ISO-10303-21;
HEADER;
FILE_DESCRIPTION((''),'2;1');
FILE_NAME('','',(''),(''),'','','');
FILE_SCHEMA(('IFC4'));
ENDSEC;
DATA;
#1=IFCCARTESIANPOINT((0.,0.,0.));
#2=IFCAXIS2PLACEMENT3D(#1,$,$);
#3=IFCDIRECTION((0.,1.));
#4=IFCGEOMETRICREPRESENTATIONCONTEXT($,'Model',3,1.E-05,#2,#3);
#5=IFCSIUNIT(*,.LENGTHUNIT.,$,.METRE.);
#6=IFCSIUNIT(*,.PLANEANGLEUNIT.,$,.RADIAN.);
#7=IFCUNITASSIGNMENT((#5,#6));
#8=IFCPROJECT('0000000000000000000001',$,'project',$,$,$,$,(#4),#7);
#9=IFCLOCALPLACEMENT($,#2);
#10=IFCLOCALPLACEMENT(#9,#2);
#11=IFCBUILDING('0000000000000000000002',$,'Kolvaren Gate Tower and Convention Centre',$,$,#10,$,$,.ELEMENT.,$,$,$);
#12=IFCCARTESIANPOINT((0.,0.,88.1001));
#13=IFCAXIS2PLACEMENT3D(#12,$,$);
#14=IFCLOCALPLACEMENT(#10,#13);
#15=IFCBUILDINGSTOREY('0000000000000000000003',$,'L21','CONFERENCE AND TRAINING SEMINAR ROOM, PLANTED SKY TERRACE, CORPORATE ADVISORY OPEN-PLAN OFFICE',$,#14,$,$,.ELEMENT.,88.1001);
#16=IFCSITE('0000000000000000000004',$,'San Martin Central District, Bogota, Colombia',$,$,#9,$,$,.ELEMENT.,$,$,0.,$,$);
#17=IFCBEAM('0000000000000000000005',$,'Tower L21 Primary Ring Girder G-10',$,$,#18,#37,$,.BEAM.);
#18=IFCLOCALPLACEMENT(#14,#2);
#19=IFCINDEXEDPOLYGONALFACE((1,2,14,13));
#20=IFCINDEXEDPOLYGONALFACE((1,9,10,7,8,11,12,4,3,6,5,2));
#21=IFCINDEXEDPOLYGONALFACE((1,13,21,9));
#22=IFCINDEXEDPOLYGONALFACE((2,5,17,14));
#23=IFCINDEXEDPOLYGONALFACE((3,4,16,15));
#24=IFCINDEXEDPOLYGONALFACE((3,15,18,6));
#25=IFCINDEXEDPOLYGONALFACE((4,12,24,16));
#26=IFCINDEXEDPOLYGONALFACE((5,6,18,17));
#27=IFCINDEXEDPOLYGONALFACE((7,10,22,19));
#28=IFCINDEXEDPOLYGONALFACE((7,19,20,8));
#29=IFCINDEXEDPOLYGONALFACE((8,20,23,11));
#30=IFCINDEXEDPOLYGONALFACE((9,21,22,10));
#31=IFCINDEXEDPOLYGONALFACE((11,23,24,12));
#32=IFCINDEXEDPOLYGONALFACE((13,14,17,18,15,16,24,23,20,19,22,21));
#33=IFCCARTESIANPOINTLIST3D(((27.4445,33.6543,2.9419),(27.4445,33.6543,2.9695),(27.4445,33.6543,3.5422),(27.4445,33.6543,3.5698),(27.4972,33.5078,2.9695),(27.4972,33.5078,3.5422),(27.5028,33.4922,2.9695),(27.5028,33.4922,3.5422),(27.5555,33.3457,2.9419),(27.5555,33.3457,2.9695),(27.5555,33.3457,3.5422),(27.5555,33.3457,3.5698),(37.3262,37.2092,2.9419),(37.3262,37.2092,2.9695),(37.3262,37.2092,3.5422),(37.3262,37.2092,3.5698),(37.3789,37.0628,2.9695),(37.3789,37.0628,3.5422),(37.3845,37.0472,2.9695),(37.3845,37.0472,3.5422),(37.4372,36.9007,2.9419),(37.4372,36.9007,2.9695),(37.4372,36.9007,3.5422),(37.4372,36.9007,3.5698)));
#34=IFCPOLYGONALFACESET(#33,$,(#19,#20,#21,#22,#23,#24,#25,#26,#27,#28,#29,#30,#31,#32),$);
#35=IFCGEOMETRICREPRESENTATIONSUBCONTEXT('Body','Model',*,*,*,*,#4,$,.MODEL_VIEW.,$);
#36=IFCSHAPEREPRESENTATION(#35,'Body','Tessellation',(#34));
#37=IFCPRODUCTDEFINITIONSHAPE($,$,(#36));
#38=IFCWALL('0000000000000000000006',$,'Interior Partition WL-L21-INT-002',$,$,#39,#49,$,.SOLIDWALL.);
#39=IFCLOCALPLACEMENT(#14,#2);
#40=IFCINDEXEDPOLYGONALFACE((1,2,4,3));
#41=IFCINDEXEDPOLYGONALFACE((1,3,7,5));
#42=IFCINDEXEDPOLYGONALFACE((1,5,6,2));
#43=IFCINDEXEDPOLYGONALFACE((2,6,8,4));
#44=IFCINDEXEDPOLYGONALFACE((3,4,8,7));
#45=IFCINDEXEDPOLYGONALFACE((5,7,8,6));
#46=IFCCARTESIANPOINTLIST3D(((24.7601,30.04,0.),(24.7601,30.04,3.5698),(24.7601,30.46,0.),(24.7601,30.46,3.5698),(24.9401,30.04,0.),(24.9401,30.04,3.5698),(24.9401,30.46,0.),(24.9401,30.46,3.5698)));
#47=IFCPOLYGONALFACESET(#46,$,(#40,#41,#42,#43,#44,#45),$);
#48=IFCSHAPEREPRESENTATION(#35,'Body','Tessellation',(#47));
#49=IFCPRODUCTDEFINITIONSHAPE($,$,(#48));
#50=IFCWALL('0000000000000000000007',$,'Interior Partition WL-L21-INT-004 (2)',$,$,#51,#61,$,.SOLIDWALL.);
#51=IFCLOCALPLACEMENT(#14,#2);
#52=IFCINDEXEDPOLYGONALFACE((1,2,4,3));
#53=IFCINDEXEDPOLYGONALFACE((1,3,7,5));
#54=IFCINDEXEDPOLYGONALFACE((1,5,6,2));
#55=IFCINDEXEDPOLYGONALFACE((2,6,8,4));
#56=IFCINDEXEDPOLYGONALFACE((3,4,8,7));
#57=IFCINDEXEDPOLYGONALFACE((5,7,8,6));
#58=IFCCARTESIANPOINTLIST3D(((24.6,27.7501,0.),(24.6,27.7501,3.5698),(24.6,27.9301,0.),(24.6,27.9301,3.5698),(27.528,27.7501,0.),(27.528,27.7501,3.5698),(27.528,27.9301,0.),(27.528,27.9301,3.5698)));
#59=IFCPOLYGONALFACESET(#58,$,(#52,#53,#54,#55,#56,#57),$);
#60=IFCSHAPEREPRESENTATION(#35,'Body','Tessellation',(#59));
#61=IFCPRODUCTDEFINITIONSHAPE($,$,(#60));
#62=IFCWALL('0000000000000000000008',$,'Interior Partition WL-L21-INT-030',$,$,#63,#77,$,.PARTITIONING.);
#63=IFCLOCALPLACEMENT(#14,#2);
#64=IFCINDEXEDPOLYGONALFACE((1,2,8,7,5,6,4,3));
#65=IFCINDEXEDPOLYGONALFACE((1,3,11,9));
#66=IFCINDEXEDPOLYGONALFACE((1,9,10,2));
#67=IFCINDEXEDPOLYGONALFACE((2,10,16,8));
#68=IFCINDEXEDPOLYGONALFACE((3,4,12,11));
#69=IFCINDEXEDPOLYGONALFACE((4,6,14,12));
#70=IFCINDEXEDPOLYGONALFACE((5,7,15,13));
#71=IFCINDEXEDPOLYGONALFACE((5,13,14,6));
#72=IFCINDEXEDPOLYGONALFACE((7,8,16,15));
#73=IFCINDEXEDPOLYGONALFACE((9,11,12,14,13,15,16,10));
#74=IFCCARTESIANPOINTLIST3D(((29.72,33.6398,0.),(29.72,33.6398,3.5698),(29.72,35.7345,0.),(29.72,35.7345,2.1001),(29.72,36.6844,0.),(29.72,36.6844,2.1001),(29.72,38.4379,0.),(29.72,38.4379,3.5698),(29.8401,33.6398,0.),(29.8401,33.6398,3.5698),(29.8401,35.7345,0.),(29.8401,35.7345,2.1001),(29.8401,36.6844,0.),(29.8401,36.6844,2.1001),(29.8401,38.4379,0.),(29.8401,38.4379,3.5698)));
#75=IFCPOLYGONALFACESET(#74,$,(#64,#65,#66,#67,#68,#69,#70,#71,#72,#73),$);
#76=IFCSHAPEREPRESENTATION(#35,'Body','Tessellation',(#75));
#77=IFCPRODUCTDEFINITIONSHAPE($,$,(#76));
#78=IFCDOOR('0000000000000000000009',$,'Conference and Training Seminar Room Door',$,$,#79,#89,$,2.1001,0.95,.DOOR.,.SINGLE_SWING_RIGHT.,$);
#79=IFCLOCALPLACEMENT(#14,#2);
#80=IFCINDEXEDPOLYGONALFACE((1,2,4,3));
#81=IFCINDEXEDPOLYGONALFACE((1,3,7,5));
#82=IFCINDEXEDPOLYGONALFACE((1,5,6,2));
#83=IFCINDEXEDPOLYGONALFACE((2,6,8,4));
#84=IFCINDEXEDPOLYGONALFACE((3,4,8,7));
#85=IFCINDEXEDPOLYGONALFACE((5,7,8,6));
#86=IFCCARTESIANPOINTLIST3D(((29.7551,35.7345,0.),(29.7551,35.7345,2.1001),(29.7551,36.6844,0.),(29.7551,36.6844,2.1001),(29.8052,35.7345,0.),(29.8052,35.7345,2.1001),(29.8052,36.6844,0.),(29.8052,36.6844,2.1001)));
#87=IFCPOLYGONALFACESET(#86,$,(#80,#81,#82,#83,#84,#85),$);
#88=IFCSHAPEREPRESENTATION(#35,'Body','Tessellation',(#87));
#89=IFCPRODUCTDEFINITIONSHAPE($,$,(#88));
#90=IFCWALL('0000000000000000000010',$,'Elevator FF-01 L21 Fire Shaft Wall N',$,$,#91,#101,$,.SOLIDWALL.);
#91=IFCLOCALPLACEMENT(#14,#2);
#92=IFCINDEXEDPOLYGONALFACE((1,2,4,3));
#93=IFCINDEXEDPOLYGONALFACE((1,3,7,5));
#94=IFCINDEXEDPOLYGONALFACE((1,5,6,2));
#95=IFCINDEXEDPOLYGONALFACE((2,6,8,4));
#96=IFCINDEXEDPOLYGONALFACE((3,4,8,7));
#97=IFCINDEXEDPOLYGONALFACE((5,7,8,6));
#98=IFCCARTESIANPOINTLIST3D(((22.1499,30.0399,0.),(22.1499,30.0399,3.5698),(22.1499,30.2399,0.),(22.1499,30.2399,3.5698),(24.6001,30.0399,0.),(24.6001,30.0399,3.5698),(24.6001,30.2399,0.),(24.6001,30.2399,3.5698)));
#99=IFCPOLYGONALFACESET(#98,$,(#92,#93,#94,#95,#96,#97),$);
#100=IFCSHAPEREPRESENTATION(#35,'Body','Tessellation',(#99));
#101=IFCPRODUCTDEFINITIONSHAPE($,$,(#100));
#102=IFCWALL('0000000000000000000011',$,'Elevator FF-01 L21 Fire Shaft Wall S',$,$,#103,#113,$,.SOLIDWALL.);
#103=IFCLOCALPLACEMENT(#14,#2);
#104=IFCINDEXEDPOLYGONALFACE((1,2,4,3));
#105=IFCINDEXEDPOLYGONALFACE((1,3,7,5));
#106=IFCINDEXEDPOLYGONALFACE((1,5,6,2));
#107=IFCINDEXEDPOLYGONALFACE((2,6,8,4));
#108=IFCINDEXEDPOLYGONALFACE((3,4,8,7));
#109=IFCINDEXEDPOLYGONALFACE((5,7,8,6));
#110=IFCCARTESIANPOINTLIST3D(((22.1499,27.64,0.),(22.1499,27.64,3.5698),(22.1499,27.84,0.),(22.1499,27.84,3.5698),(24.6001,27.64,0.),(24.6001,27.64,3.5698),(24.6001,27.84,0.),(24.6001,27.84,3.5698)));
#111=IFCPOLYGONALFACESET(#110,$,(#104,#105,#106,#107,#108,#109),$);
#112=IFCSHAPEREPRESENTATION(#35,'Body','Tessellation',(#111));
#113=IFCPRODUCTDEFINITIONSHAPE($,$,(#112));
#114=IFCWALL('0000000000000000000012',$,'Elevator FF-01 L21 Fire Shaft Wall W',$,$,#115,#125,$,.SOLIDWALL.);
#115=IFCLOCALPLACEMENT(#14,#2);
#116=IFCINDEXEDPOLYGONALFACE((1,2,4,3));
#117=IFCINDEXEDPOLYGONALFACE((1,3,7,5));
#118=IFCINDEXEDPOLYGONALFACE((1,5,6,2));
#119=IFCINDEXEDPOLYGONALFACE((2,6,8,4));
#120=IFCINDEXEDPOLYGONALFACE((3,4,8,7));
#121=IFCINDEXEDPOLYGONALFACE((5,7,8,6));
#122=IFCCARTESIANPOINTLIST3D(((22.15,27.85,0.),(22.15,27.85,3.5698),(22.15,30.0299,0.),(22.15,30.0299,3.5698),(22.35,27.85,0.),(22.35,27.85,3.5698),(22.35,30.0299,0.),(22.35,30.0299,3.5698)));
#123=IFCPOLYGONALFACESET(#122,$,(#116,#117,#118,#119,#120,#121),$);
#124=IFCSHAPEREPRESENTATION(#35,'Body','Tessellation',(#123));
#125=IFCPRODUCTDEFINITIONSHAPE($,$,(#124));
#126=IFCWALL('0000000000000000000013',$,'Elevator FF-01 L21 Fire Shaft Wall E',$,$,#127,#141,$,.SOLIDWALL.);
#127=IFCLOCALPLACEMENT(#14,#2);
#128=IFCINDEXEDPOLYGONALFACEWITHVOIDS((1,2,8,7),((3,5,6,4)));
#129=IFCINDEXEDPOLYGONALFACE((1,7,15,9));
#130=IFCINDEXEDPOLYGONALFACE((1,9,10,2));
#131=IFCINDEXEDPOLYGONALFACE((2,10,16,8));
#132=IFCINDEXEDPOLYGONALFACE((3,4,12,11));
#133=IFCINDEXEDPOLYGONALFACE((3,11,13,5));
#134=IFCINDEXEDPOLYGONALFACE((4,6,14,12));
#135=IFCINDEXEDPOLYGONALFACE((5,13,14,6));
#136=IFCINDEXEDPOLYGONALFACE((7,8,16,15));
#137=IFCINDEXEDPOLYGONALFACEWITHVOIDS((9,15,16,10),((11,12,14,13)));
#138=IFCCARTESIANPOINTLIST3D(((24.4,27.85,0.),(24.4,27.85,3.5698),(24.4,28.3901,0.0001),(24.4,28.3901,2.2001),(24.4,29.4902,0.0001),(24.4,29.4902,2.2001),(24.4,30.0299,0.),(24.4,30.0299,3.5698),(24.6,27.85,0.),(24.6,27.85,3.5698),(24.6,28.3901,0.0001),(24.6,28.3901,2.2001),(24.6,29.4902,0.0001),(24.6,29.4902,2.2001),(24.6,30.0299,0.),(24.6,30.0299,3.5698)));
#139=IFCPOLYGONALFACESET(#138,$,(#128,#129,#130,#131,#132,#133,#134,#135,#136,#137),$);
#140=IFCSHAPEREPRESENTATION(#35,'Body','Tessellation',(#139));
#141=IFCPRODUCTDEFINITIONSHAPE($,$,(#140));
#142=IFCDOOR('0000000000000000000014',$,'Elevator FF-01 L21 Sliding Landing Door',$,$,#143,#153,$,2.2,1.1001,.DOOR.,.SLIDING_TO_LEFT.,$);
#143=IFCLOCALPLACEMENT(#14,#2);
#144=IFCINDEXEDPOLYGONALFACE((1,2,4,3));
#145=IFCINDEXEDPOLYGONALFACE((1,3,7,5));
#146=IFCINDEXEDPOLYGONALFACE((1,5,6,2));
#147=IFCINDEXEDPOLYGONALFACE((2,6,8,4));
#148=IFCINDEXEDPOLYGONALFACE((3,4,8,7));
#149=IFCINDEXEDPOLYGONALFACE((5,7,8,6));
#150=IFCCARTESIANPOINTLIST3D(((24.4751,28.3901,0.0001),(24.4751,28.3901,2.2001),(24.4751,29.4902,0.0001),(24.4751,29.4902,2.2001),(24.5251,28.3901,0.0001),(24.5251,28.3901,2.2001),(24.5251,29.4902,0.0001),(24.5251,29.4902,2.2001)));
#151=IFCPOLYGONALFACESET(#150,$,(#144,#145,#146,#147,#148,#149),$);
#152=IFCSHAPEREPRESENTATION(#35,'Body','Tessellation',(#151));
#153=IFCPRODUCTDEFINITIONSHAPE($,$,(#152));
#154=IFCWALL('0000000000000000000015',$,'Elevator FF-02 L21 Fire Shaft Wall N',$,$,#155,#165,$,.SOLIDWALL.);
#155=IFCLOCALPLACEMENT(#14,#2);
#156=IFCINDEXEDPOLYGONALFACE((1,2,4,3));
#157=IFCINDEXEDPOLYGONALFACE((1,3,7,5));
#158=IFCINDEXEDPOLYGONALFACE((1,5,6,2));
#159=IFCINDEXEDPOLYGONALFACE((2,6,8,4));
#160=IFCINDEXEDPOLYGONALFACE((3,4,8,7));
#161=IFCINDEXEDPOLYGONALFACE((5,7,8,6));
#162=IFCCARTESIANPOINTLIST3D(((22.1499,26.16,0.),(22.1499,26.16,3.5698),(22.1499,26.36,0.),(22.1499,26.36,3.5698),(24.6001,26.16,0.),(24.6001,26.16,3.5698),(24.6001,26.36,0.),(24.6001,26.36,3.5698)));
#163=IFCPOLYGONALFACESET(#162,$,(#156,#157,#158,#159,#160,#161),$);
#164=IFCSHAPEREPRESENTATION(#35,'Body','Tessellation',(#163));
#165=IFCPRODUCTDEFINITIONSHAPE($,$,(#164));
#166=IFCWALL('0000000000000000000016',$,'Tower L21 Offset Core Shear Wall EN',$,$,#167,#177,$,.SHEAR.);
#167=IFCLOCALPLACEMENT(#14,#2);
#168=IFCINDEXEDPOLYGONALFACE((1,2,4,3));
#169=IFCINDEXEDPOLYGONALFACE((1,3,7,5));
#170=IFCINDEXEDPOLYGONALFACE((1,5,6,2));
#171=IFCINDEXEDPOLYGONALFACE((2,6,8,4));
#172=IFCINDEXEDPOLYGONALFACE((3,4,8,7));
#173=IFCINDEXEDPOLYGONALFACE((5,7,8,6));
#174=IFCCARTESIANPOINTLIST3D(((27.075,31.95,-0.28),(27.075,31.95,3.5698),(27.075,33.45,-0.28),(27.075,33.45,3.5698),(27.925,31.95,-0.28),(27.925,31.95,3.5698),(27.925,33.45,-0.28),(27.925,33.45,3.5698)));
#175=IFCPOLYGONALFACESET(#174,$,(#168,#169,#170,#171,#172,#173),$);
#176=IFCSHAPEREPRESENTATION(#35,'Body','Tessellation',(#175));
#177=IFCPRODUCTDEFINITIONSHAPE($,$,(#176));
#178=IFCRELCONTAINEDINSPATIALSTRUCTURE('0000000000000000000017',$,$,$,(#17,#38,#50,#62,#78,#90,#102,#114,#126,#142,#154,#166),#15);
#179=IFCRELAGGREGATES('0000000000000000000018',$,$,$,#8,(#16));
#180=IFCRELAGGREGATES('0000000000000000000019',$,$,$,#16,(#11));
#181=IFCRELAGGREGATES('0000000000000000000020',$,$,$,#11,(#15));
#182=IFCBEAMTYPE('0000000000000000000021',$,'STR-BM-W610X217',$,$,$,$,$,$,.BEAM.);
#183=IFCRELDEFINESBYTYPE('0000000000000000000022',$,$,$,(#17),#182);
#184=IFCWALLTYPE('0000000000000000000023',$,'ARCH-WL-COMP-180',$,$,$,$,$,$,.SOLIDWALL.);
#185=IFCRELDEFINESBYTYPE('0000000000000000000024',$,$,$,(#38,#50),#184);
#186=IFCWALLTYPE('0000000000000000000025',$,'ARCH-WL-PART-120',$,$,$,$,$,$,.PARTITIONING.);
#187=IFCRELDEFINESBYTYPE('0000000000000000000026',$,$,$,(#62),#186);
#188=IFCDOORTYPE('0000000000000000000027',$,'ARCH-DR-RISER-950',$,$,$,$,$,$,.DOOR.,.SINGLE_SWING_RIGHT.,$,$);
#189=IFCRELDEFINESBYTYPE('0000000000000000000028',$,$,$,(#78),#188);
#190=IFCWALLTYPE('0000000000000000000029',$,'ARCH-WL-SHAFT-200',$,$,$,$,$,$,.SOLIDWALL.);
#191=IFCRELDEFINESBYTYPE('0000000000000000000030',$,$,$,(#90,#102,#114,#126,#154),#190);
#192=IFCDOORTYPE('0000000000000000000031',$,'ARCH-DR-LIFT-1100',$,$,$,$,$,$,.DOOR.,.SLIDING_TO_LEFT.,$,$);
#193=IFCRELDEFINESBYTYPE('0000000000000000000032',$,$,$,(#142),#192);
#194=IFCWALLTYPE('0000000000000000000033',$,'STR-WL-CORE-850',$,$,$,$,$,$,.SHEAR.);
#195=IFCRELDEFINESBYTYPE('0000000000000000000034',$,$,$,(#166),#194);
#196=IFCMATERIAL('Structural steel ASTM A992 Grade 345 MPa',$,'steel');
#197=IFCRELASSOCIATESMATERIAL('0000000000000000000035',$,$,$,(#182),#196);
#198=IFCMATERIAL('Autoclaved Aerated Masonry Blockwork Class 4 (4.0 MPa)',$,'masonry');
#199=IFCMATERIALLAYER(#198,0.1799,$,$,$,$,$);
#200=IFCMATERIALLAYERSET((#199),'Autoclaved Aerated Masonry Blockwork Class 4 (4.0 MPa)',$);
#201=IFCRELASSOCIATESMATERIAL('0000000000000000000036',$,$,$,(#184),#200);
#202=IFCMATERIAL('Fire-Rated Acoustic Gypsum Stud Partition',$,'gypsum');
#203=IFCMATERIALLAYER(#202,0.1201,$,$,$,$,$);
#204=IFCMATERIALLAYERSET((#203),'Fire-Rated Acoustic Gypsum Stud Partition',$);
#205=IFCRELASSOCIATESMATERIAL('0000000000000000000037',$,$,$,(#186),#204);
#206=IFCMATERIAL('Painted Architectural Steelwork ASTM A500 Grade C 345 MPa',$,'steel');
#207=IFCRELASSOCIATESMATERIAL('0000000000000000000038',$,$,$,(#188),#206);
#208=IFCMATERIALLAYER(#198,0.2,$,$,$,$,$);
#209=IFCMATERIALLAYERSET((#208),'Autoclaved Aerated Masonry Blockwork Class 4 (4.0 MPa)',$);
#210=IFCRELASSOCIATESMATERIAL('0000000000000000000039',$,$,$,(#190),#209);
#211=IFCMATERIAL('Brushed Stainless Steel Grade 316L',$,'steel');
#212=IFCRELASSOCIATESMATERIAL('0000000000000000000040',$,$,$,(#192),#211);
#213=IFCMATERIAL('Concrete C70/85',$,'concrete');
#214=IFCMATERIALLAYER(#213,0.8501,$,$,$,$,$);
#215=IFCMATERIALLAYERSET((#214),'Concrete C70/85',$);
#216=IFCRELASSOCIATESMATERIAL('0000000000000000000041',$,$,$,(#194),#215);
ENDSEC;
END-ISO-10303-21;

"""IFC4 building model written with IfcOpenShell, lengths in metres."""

from ifc_helpers import new_model, si_unit, direction, frame, frame_2d, origin, origin_2d, place, context, subcontext, project, spatial, rectangle, i_section, extrude, material, layer, layer_set, material_profile, profile_set, type_object, element, fill, save


model = new_model("IFC4")

# Units and contexts
model_context = context("Model", 3, precision=1e-05, world=origin(), true_north=direction((0.0, 1.0)))
body_context = subcontext(model_context, "Body", "Model", "MODEL_VIEW")
ifc_project = project(units=[si_unit("LENGTHUNIT", "METRE"), si_unit("PLANEANGLEUNIT", "RADIAN")], contexts=[model_context])

# Site, building, storey
site_placement = place(None, origin())
site = spatial("IfcSite", under=ifc_project, at=site_placement, Name="San Martin Central District, Bogota, Colombia", CompositionType="ELEMENT", RefElevation=0.0)
building_placement = place(site_placement, origin())
building = spatial("IfcBuilding", under=site, at=building_placement, Name="Kolvaren Gate Tower and Convention Centre", CompositionType="ELEMENT")
storey_placement = place(building_placement, frame((0.0, 0.0, 88.1001)))
storey = spatial("IfcBuildingStorey", under=building, at=storey_placement, Name="L21", Description="CONFERENCE AND TRAINING SEMINAR ROOM, PLANTED SKY TERRACE, CORPORATE ADVISORY OPEN-PLAN OFFICE", CompositionType="ELEMENT", Elevation=88.1001)

# Beam
ifc_material_1 = material(Name="Structural steel ASTM A992 Grade 345 MPa", Category="steel")
ifc_material_profile = material_profile(ifc_material_1, i_section(OverallWidth=0.3279, OverallDepth=0.6279, WebThickness=0.0166, FlangeThickness=0.0276, at=origin_2d()), Name="W610X217")
ifc_profile_set = profile_set([ifc_material_profile], Name="Structural steel ASTM A992 Grade 345 MPa")
beam_type = type_object("IfcBeamType", Name="STR-BM-W610X217", PredefinedType="BEAM", material=ifc_profile_set)
beam_placement = place(storey_placement, frame((27.5, 33.5, 3.2559), z_axis=(0.940961, 0.338514, 0.0), x_axis=(-0.338514, 0.940961, 0.0)))
element("IfcBeam", 1, at=beam_placement, inside=storey, type_object=beam_type, Name="Tower L21 Primary Ring Girder G-10", PredefinedType="BEAM", context=body_context, shape_type="SweptSolid", body=[
    extrude(i_section(OverallWidth=0.3279, OverallDepth=0.6279, WebThickness=0.0166, FlangeThickness=0.0276, at=origin_2d()), origin(), (0.0, 0.0, 1.0), 10.5017),
])

# Walls
ifc_material_2 = material(Name="Autoclaved Aerated Masonry Blockwork Class 4 (4.0 MPa)", Category="masonry")
ifc_layer_1 = layer(ifc_material_2, 0.1799)
ifc_layer_set_1 = layer_set([ifc_layer_1], Name="Autoclaved Aerated Masonry Blockwork Class 4 (4.0 MPa)")
wall_type_1 = type_object("IfcWallType", Name="ARCH-WL-COMP-180", PredefinedType="SOLIDWALL", material=ifc_layer_set_1)
wall_1_placement = place(storey_placement, frame((24.8501, 30.04, 0.0), z_axis=(0.0, 0.0, 1.0), x_axis=(0.0, 1.0, 0.0)))
element("IfcWall", 2, at=wall_1_placement, inside=storey, type_object=wall_type_1, Name="Interior Partition WL-L21-INT-002", PredefinedType="SOLIDWALL", context=body_context, shape_type="SweptSolid", body=[
    extrude(rectangle(XDim=0.4199, YDim=0.1799, at=frame_2d((0.21, 0.0))), origin(), (0.0, 0.0, 1.0), 3.5698),
])
wall_2_placement = place(storey_placement, frame((24.6001, 27.8401, 0.0), z_axis=(0.0, 0.0, 1.0), x_axis=(1.0, 0.0, 0.0)))
element("IfcWall", 3, at=wall_2_placement, inside=storey, type_object=wall_type_1, Name="Interior Partition WL-L21-INT-004 (2)", PredefinedType="SOLIDWALL", context=body_context, shape_type="SweptSolid", body=[
    extrude(rectangle(XDim=2.928, YDim=0.1799, at=frame_2d((1.4639, 0.0))), origin(), (0.0, 0.0, 1.0), 3.5698),
])

# Wall, opening, door
ifc_material_3 = material(Name="Fire-Rated Acoustic Gypsum Stud Partition", Category="gypsum")
ifc_layer_2 = layer(ifc_material_3, 0.1201)
ifc_layer_set_2 = layer_set([ifc_layer_2], Name="Fire-Rated Acoustic Gypsum Stud Partition")
wall_type_2 = type_object("IfcWallType", Name="ARCH-WL-PART-120", PredefinedType="PARTITIONING", material=ifc_layer_set_2)
wall_3_placement = place(storey_placement, frame((29.78, 33.6399, 0.0), z_axis=(0.0, 0.0, 1.0), x_axis=(0.0, 1.0, 0.0)))
wall_3 = element("IfcWall", 4, at=wall_3_placement, inside=storey, type_object=wall_type_2, Name="Interior Partition WL-L21-INT-030", PredefinedType="PARTITIONING", context=body_context, shape_type="SweptSolid", body=[
    extrude(rectangle(XDim=4.7981, YDim=0.1201, at=frame_2d((2.3989, 0.0))), origin(), (0.0, 0.0, 1.0), 3.5698),
])
opening_1_placement = place(wall_3_placement, frame((2.0945, 0.0, 0.0)))
opening_1 = element("IfcOpeningElement", 5, at=opening_1_placement, cuts=wall_3, PredefinedType="OPENING", context=body_context, shape_type="SweptSolid", body=[
    extrude(rectangle(XDim=0.95, YDim=2.1001, at=frame_2d((0.4751, 1.05))), frame((0.0, 0.0701, 0.0), z_axis=(0.0, -1.0, 0.0), x_axis=(1.0, 0.0, 0.0)), (0.0, 0.0, 1.0), 0.1401),
])
ifc_material_4 = material(Name="Painted Architectural Steelwork ASTM A500 Grade C 345 MPa", Category="steel")
door_type_1 = type_object("IfcDoorType", Name="ARCH-DR-RISER-950", OperationType="SINGLE_SWING_RIGHT", PredefinedType="DOOR", material=ifc_material_4)
door_1_placement = place(opening_1_placement, origin())
door_1 = element("IfcDoor", 6, at=door_1_placement, inside=storey, type_object=door_type_1, Name="Conference and Training Seminar Room Door", OperationType="SINGLE_SWING_RIGHT", OverallHeight=2.1001, OverallWidth=0.95, PredefinedType="DOOR", context=body_context, shape_type="SweptSolid", body=[
    extrude(rectangle(XDim=0.95, YDim=2.1001, at=frame_2d((0.4751, 1.05))), frame((0.0, 0.0249, 0.0), z_axis=(0.0, -1.0, 0.0), x_axis=(1.0, 0.0, 0.0)), (0.0, 0.0, 1.0), 0.05),
])
fill(opening_1, door_1)

# Walls
ifc_layer_3 = layer(ifc_material_2, 0.2)
ifc_layer_set_3 = layer_set([ifc_layer_3], Name="Autoclaved Aerated Masonry Blockwork Class 4 (4.0 MPa)")
wall_type_3 = type_object("IfcWallType", Name="ARCH-WL-SHAFT-200", PredefinedType="SOLIDWALL", material=ifc_layer_set_3)
for number, where, z_axis, x_axis, name in (
    (7, (22.1499, 30.1399, 0.0), (0.0, 0.0, 1.0), (1.0, 0.0, 0.0), "Elevator FF-01 L21 Fire Shaft Wall N"),
    (8, (22.1499, 27.74, 0.0), (0.0, 0.0, 1.0), (1.0, 0.0, 0.0), "Elevator FF-01 L21 Fire Shaft Wall S"),
):
    element("IfcWall", number, at=place(storey_placement, frame(where, z_axis=z_axis, x_axis=x_axis)), inside=storey, type_object=wall_type_3, Name=name, PredefinedType="SOLIDWALL", context=body_context, shape_type="SweptSolid", body=[
        extrude(rectangle(XDim=2.4502, YDim=0.2, at=frame_2d((1.2251, 0.0))), origin(), (0.0, 0.0, 1.0), 3.5698),
    ])
wall_4_placement = place(storey_placement, frame((22.25, 27.8501, 0.0), z_axis=(0.0, 0.0, 1.0), x_axis=(0.0, 1.0, 0.0)))
element("IfcWall", 9, at=wall_4_placement, inside=storey, type_object=wall_type_3, Name="Elevator FF-01 L21 Fire Shaft Wall W", PredefinedType="SOLIDWALL", context=body_context, shape_type="SweptSolid", body=[
    extrude(rectangle(XDim=2.1799, YDim=0.2, at=frame_2d((1.0898, 0.0))), origin(), (0.0, 0.0, 1.0), 3.5698),
])

# Wall, opening, door
wall_5_placement = place(storey_placement, frame((24.5, 27.8501, 0.0), z_axis=(0.0, 0.0, 1.0), x_axis=(0.0, 1.0, 0.0)))
wall_5 = element("IfcWall", 10, at=wall_5_placement, inside=storey, type_object=wall_type_3, Name="Elevator FF-01 L21 Fire Shaft Wall E", PredefinedType="SOLIDWALL", context=body_context, shape_type="SweptSolid", body=[
    extrude(rectangle(XDim=2.1799, YDim=0.2, at=frame_2d((1.0898, 0.0))), origin(), (0.0, 0.0, 1.0), 3.5698),
])
opening_2_placement = place(wall_5_placement, frame((0.54, 0.0, 0.0)))
opening_2 = element("IfcOpeningElement", 11, at=opening_2_placement, cuts=wall_5, PredefinedType="OPENING", context=body_context, shape_type="SweptSolid", body=[
    extrude(rectangle(XDim=1.1001, YDim=2.2, at=frame_2d((0.55, 1.1001))), frame((0.0, 0.1099, 0.0), z_axis=(0.0, -1.0, 0.0), x_axis=(1.0, 0.0, 0.0)), (0.0, 0.0, 1.0), 0.22),
])
ifc_material_5 = material(Name="Brushed Stainless Steel Grade 316L", Category="steel")
door_type_2 = type_object("IfcDoorType", Name="ARCH-DR-LIFT-1100", OperationType="SLIDING_TO_LEFT", PredefinedType="DOOR", material=ifc_material_5)
door_2_placement = place(opening_2_placement, origin())
door_2 = element("IfcDoor", 12, at=door_2_placement, inside=storey, type_object=door_type_2, Name="Elevator FF-01 L21 Sliding Landing Door", OperationType="SLIDING_TO_LEFT", OverallHeight=2.2, OverallWidth=1.1001, PredefinedType="DOOR", context=body_context, shape_type="SweptSolid", body=[
    extrude(rectangle(XDim=1.1001, YDim=2.2, at=frame_2d((0.55, 1.1001))), frame((0.0, 0.0249, 0.0), z_axis=(0.0, -1.0, 0.0), x_axis=(1.0, 0.0, 0.0)), (0.0, 0.0, 1.0), 0.05),
])
fill(opening_2, door_2)

# Walls
wall_6_placement = place(storey_placement, frame((22.1499, 26.26, 0.0), z_axis=(0.0, 0.0, 1.0), x_axis=(1.0, 0.0, 0.0)))
element("IfcWall", 13, at=wall_6_placement, inside=storey, type_object=wall_type_3, Name="Elevator FF-02 L21 Fire Shaft Wall N", PredefinedType="SOLIDWALL", context=body_context, shape_type="SweptSolid", body=[
    extrude(rectangle(XDim=2.4502, YDim=0.2, at=frame_2d((1.2251, 0.0))), origin(), (0.0, 0.0, 1.0), 3.5698),
])
ifc_material_6 = material(Name="Concrete C70/85", Category="concrete")
ifc_layer_4 = layer(ifc_material_6, 0.8501)
ifc_layer_set_4 = layer_set([ifc_layer_4], Name="Concrete C70/85")
wall_type_4 = type_object("IfcWallType", Name="STR-WL-CORE-850", PredefinedType="SHEAR", material=ifc_layer_set_4)
wall_7_placement = place(storey_placement, frame((27.5, 31.95, -0.28), z_axis=(0.0, 0.0, 1.0), x_axis=(0.0, 1.0, 0.0)))
element("IfcWall", 14, at=wall_7_placement, inside=storey, type_object=wall_type_4, Name="Tower L21 Offset Core Shear Wall EN", PredefinedType="SHEAR", context=body_context, shape_type="SweptSolid", body=[
    extrude(rectangle(XDim=1.5, YDim=0.8501, at=frame_2d((0.75, 0.0))), origin(), (0.0, 0.0, 1.0), 3.8499),
])

save(model, "model.ifc")
